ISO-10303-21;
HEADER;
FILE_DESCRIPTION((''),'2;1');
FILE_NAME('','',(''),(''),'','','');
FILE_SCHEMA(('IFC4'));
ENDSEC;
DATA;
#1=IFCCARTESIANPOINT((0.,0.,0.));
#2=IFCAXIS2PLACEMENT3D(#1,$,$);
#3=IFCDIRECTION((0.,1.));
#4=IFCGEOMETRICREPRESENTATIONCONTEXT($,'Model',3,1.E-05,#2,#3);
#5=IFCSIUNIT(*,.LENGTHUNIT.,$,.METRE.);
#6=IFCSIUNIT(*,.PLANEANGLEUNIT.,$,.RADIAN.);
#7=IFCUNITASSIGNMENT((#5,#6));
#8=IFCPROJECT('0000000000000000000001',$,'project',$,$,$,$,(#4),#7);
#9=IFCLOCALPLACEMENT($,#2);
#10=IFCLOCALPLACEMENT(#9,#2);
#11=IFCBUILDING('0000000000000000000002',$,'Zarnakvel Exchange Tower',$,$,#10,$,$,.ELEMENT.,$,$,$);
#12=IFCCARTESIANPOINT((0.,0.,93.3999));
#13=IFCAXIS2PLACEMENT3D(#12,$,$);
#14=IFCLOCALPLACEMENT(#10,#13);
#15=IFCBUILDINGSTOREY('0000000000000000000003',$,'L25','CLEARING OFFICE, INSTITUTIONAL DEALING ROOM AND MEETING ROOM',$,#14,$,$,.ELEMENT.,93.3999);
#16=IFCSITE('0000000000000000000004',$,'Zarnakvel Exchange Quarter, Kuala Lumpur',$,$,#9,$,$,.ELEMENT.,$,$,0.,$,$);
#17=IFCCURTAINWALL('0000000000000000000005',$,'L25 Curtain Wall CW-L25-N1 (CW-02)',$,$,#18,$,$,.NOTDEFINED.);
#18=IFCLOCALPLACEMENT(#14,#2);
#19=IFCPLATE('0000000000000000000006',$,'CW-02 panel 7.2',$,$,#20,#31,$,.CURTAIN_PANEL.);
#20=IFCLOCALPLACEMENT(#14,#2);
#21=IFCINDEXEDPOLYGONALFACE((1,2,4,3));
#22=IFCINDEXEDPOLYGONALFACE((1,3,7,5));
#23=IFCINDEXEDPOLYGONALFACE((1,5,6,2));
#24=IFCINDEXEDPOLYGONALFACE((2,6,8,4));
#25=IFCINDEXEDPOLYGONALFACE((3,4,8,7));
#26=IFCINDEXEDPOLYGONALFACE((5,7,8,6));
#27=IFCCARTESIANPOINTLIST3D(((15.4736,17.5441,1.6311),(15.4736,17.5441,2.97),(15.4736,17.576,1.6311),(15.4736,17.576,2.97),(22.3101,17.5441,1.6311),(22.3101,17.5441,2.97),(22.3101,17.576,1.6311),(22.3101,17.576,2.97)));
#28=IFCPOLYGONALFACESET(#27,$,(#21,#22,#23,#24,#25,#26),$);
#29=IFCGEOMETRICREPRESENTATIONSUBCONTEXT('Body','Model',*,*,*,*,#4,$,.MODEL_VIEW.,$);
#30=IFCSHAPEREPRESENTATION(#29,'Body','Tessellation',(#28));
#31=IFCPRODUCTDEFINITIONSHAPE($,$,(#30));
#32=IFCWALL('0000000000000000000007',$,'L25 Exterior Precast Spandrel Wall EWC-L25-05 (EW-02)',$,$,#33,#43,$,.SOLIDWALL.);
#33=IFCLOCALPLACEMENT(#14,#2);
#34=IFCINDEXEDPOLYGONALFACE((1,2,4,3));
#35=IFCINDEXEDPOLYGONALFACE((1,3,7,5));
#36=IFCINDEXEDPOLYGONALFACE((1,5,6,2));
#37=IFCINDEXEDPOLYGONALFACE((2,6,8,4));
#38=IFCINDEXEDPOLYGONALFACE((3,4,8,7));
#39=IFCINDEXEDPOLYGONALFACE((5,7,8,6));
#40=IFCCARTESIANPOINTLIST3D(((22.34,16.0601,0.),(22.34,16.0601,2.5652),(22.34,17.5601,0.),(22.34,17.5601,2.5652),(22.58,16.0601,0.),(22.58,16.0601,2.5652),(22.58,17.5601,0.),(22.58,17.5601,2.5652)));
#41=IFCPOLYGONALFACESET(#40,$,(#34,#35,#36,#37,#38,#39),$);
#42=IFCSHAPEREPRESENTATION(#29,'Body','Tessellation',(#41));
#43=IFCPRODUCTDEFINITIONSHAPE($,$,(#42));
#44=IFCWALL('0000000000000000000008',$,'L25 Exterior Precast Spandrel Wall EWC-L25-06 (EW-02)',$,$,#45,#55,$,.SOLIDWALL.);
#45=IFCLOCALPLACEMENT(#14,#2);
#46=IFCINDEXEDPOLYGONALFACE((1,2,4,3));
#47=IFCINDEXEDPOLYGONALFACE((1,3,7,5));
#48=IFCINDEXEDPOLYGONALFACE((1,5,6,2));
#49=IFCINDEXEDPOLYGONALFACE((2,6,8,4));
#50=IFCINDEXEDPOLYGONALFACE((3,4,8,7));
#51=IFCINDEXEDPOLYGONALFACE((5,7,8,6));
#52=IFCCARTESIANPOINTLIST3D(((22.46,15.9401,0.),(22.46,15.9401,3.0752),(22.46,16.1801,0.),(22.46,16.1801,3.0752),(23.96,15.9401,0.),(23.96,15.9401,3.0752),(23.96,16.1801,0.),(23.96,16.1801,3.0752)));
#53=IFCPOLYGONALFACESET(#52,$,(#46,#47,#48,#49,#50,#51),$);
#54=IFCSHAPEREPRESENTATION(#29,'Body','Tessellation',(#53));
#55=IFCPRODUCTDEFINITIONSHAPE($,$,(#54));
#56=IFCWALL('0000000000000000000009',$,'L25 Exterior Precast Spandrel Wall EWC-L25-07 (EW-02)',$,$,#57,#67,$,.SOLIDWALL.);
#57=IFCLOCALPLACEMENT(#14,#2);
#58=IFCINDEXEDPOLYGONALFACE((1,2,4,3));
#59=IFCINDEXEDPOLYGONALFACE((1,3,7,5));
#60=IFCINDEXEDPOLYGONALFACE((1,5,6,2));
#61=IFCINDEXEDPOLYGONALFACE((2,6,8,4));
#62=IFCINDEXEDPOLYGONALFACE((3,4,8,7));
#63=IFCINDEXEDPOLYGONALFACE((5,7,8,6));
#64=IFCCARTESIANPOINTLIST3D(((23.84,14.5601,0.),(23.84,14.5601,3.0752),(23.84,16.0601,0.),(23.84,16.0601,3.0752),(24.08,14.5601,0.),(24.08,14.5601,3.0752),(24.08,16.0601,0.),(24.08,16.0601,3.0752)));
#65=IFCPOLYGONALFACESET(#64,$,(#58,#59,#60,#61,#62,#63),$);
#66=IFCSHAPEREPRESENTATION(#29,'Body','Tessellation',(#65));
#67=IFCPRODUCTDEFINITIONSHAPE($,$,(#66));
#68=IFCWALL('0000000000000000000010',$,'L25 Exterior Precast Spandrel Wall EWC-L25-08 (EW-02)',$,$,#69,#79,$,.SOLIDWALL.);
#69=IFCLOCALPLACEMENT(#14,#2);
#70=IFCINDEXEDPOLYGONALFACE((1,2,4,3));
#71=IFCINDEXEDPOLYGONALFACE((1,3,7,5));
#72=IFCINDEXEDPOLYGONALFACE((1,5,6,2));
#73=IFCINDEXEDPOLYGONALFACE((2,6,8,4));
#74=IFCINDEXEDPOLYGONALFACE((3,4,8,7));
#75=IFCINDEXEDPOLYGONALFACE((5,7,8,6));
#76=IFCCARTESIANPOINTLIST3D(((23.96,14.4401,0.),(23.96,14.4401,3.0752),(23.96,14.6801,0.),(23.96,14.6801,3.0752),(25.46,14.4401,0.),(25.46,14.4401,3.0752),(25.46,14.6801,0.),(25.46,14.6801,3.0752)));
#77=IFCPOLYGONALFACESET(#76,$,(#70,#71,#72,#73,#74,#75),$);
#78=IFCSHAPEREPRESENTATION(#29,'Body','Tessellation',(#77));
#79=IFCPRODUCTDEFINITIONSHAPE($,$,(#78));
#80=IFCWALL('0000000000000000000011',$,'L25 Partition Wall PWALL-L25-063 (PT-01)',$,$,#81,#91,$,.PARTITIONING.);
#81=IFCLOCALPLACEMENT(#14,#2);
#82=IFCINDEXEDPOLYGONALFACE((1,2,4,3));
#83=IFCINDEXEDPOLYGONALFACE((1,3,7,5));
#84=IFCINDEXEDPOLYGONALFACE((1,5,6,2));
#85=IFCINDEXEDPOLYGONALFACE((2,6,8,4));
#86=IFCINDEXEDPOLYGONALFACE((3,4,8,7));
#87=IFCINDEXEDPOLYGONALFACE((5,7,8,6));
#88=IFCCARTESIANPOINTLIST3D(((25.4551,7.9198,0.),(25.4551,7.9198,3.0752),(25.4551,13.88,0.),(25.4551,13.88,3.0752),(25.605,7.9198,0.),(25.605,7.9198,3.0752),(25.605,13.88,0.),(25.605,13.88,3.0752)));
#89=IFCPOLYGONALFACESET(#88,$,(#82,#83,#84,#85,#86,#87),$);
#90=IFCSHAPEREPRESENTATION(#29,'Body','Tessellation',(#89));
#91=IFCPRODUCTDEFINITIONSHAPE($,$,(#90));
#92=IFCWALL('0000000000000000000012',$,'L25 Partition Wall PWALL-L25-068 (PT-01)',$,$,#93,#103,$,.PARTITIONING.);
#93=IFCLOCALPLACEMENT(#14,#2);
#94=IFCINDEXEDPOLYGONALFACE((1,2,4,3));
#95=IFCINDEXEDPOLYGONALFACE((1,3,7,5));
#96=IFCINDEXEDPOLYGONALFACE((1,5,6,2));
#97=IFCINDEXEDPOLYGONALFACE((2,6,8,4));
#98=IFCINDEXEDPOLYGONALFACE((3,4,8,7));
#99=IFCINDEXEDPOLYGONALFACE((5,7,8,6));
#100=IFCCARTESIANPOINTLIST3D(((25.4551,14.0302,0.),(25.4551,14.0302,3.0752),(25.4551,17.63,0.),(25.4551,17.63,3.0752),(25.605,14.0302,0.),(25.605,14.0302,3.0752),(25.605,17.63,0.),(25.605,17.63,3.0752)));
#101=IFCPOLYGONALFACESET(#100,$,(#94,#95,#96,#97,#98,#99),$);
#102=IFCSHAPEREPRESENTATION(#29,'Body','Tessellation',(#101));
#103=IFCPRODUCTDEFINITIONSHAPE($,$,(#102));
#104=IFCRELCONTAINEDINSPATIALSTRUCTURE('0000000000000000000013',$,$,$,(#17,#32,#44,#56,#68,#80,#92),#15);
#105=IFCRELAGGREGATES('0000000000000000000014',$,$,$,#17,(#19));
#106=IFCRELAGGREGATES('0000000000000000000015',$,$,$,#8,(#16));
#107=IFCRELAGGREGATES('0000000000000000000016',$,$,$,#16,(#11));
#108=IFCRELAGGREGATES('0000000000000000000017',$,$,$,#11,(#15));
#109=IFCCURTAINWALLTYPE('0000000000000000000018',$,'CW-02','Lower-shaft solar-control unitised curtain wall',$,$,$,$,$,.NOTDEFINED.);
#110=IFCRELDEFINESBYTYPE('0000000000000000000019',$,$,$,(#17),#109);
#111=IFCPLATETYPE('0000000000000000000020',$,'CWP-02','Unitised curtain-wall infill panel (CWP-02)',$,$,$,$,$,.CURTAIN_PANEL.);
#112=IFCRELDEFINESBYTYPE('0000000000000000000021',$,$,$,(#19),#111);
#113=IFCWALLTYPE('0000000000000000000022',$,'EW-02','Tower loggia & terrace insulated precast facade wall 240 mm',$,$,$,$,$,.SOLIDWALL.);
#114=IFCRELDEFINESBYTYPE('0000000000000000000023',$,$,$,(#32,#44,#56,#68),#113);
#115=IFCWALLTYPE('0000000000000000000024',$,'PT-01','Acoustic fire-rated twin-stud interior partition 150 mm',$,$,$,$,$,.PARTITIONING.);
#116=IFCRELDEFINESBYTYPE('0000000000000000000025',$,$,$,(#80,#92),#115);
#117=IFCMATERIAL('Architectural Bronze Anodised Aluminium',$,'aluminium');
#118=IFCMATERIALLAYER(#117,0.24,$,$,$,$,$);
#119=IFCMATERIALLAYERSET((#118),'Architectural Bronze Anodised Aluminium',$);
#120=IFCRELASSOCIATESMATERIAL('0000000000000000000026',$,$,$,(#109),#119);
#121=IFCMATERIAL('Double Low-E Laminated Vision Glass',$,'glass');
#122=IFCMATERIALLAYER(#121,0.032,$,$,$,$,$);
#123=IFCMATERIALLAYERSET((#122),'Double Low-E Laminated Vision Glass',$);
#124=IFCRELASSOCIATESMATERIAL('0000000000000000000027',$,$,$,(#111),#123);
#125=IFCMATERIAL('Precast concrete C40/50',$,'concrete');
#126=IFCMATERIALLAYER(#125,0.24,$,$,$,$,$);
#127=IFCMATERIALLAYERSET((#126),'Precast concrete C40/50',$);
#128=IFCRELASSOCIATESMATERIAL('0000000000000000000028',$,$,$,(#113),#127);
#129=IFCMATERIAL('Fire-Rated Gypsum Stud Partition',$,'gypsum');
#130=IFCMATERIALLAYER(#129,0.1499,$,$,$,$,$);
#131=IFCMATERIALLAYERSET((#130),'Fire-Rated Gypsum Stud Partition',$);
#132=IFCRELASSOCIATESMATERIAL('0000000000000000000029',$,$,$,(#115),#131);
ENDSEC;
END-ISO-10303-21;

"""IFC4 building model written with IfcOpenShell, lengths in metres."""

from ifc_helpers import new_model, si_unit, direction, frame, frame_2d, origin, origin_2d, place, context, subcontext, project, spatial, rectangle, extrude, source, transform, mapped, material, layer, layer_set, type_object, element, aggregate, save


model = new_model("IFC4")

# Units and contexts
model_context = context("Model", 3, precision=1e-05, world=origin(), true_north=direction((0.0, 1.0)))
body_context = subcontext(model_context, "Body", "Model", "MODEL_VIEW")
ifc_project = project(units=[si_unit("LENGTHUNIT", "METRE"), si_unit("PLANEANGLEUNIT", "RADIAN")], contexts=[model_context])

# Site, building, storey
site_placement = place(None, origin())
site = spatial("IfcSite", under=ifc_project, at=site_placement, Name="Zarnakvel Exchange Quarter, Kuala Lumpur", CompositionType="ELEMENT", RefElevation=0.0)
building_placement = place(site_placement, origin())
building = spatial("IfcBuilding", under=site, at=building_placement, Name="Zarnakvel Exchange Tower", CompositionType="ELEMENT")
storey_placement = place(building_placement, frame((0.0, 0.0, 93.3999)))
storey = spatial("IfcBuildingStorey", under=building, at=storey_placement, Name="L25", Description="CLEARING OFFICE, INSTITUTIONAL DEALING ROOM AND MEETING ROOM", CompositionType="ELEMENT", Elevation=93.3999)

# Curtain wall
ifc_material_1 = material(Name="Architectural Bronze Anodised Aluminium", Category="aluminium")
ifc_layer_1 = layer(ifc_material_1, 0.24)
ifc_layer_set_1 = layer_set([ifc_layer_1], Name="Architectural Bronze Anodised Aluminium")
curtain_wall_type_1 = type_object("IfcCurtainWallType", Name="CW-02", Description="Lower-shaft solar-control unitised curtain wall", PredefinedType="NOTDEFINED", material=ifc_layer_set_1)
curtain_wall_1_placement = place(storey_placement, origin())
curtain_wall_1 = element("IfcCurtainWall", 1, at=curtain_wall_1_placement, inside=storey, type_object=curtain_wall_type_1, Name="L25 Curtain Wall CW-L25-N1 (CW-02)", PredefinedType="NOTDEFINED")

# Plate
ifc_material_2 = material(Name="Double Low-E Laminated Vision Glass", Category="glass")
ifc_layer_2 = layer(ifc_material_2, 0.032)
ifc_layer_set_2 = layer_set([ifc_layer_2], Name="Double Low-E Laminated Vision Glass")
plate_type = type_object("IfcPlateType", Name="CWP-02", Description="Unitised curtain-wall infill panel (CWP-02)", PredefinedType="CURTAIN_PANEL", material=ifc_layer_set_2)
shared_shape_1 = source(origin(), body_context, "Body", "SweptSolid", [
    extrude(rectangle(XDim=6.8364, YDim=0.032, at=origin_2d()), origin(), (0.0, 0.0, 1.0), 1.3389),
])
plate_1_placement = place(storey_placement, frame((18.8918, 17.5601, 1.6311), z_axis=(0.0, 0.0, 1.0), x_axis=(1.0, 0.0, 0.0)))
plate_1 = element("IfcPlate", 2, at=plate_1_placement, type_object=plate_type, Name="CW-02 panel 7.2", PredefinedType="CURTAIN_PANEL", context=body_context, shape_type="MappedRepresentation", body=[
    mapped(shared_shape_1, transform((0.0, 0.0, 0.0), x_axis=(1.0, 0.0, 0.0), y_axis=(0.0, 1.0, 0.0), z_axis=(0.0, 0.0, 1.0), scale=1.0)),
])
aggregate(curtain_wall_1, [plate_1])

# Walls
ifc_material_3 = material(Name="Precast concrete C40/50", Category="concrete")
ifc_layer_3 = layer(ifc_material_3, 0.24)
ifc_layer_set_3 = layer_set([ifc_layer_3], Name="Precast concrete C40/50")
wall_type_1 = type_object("IfcWallType", Name="EW-02", Description="Tower loggia & terrace insulated precast facade wall 240 mm", PredefinedType="SOLIDWALL", material=ifc_layer_set_3)
wall_1_placement = place(storey_placement, frame((22.46, 16.0601, 0.0), z_axis=(0.0, 0.0, 1.0), x_axis=(0.0, 1.0, 0.0)))
element("IfcWall", 3, at=wall_1_placement, inside=storey, type_object=wall_type_1, Name="L25 Exterior Precast Spandrel Wall EWC-L25-05 (EW-02)", PredefinedType="SOLIDWALL", context=body_context, shape_type="SweptSolid", body=[
    extrude(rectangle(XDim=1.5, YDim=0.24, at=frame_2d((0.75, 0.0))), origin(), (0.0, 0.0, 1.0), 2.5652),
])
for number, where, z_axis, x_axis, name in (
    (4, (23.96, 16.0601, 0.0), (0.0, 0.0, 1.0), (-1.0, 0.0, 0.0), "L25 Exterior Precast Spandrel Wall EWC-L25-06 (EW-02)"),
    (5, (23.96, 14.5601, 0.0), (0.0, 0.0, 1.0), (0.0, 1.0, 0.0), "L25 Exterior Precast Spandrel Wall EWC-L25-07 (EW-02)"),
    (6, (25.46, 14.5601, 0.0), (0.0, 0.0, 1.0), (-1.0, 0.0, 0.0), "L25 Exterior Precast Spandrel Wall EWC-L25-08 (EW-02)"),
):
    element("IfcWall", number, at=place(storey_placement, frame(where, z_axis=z_axis, x_axis=x_axis)), inside=storey, type_object=wall_type_1, Name=name, PredefinedType="SOLIDWALL", context=body_context, shape_type="SweptSolid", body=[
        extrude(rectangle(XDim=1.5, YDim=0.24, at=frame_2d((0.75, 0.0))), origin(), (0.0, 0.0, 1.0), 3.0752),
    ])

# Shared definitions
ifc_material_4 = material(Name="Fire-Rated Gypsum Stud Partition", Category="gypsum")
ifc_layer_4 = layer(ifc_material_4, 0.1499)
ifc_layer_set_4 = layer_set([ifc_layer_4], Name="Fire-Rated Gypsum Stud Partition")
wall_type_2 = type_object("IfcWallType", Name="PT-01", Description="Acoustic fire-rated twin-stud interior partition 150 mm", PredefinedType="PARTITIONING", material=ifc_layer_set_4)

# Walls
wall_2_placement = place(storey_placement, frame((25.53, 13.8799, 0.0), z_axis=(0.0, 0.0, 1.0), x_axis=(0.0, -1.0, 0.0)))
element("IfcWall", 7, at=wall_2_placement, inside=storey, type_object=wall_type_2, Name="L25 Partition Wall PWALL-L25-063 (PT-01)", PredefinedType="PARTITIONING", context=body_context, shape_type="SweptSolid", body=[
    extrude(rectangle(XDim=5.9602, YDim=0.1499, at=frame_2d((2.98, 0.0))), origin(), (0.0, 0.0, 1.0), 3.0752),
])
wall_3_placement = place(storey_placement, frame((25.53, 17.6299, 0.0), z_axis=(0.0, 0.0, 1.0), x_axis=(0.0, -1.0, 0.0)))
element("IfcWall", 8, at=wall_3_placement, inside=storey, type_object=wall_type_2, Name="L25 Partition Wall PWALL-L25-068 (PT-01)", PredefinedType="PARTITIONING", context=body_context, shape_type="SweptSolid", body=[
    extrude(rectangle(XDim=3.5999, YDim=0.1499, at=frame_2d((1.7998, 0.0))), origin(), (0.0, 0.0, 1.0), 3.0752),
])

save(model, "model.ifc")
